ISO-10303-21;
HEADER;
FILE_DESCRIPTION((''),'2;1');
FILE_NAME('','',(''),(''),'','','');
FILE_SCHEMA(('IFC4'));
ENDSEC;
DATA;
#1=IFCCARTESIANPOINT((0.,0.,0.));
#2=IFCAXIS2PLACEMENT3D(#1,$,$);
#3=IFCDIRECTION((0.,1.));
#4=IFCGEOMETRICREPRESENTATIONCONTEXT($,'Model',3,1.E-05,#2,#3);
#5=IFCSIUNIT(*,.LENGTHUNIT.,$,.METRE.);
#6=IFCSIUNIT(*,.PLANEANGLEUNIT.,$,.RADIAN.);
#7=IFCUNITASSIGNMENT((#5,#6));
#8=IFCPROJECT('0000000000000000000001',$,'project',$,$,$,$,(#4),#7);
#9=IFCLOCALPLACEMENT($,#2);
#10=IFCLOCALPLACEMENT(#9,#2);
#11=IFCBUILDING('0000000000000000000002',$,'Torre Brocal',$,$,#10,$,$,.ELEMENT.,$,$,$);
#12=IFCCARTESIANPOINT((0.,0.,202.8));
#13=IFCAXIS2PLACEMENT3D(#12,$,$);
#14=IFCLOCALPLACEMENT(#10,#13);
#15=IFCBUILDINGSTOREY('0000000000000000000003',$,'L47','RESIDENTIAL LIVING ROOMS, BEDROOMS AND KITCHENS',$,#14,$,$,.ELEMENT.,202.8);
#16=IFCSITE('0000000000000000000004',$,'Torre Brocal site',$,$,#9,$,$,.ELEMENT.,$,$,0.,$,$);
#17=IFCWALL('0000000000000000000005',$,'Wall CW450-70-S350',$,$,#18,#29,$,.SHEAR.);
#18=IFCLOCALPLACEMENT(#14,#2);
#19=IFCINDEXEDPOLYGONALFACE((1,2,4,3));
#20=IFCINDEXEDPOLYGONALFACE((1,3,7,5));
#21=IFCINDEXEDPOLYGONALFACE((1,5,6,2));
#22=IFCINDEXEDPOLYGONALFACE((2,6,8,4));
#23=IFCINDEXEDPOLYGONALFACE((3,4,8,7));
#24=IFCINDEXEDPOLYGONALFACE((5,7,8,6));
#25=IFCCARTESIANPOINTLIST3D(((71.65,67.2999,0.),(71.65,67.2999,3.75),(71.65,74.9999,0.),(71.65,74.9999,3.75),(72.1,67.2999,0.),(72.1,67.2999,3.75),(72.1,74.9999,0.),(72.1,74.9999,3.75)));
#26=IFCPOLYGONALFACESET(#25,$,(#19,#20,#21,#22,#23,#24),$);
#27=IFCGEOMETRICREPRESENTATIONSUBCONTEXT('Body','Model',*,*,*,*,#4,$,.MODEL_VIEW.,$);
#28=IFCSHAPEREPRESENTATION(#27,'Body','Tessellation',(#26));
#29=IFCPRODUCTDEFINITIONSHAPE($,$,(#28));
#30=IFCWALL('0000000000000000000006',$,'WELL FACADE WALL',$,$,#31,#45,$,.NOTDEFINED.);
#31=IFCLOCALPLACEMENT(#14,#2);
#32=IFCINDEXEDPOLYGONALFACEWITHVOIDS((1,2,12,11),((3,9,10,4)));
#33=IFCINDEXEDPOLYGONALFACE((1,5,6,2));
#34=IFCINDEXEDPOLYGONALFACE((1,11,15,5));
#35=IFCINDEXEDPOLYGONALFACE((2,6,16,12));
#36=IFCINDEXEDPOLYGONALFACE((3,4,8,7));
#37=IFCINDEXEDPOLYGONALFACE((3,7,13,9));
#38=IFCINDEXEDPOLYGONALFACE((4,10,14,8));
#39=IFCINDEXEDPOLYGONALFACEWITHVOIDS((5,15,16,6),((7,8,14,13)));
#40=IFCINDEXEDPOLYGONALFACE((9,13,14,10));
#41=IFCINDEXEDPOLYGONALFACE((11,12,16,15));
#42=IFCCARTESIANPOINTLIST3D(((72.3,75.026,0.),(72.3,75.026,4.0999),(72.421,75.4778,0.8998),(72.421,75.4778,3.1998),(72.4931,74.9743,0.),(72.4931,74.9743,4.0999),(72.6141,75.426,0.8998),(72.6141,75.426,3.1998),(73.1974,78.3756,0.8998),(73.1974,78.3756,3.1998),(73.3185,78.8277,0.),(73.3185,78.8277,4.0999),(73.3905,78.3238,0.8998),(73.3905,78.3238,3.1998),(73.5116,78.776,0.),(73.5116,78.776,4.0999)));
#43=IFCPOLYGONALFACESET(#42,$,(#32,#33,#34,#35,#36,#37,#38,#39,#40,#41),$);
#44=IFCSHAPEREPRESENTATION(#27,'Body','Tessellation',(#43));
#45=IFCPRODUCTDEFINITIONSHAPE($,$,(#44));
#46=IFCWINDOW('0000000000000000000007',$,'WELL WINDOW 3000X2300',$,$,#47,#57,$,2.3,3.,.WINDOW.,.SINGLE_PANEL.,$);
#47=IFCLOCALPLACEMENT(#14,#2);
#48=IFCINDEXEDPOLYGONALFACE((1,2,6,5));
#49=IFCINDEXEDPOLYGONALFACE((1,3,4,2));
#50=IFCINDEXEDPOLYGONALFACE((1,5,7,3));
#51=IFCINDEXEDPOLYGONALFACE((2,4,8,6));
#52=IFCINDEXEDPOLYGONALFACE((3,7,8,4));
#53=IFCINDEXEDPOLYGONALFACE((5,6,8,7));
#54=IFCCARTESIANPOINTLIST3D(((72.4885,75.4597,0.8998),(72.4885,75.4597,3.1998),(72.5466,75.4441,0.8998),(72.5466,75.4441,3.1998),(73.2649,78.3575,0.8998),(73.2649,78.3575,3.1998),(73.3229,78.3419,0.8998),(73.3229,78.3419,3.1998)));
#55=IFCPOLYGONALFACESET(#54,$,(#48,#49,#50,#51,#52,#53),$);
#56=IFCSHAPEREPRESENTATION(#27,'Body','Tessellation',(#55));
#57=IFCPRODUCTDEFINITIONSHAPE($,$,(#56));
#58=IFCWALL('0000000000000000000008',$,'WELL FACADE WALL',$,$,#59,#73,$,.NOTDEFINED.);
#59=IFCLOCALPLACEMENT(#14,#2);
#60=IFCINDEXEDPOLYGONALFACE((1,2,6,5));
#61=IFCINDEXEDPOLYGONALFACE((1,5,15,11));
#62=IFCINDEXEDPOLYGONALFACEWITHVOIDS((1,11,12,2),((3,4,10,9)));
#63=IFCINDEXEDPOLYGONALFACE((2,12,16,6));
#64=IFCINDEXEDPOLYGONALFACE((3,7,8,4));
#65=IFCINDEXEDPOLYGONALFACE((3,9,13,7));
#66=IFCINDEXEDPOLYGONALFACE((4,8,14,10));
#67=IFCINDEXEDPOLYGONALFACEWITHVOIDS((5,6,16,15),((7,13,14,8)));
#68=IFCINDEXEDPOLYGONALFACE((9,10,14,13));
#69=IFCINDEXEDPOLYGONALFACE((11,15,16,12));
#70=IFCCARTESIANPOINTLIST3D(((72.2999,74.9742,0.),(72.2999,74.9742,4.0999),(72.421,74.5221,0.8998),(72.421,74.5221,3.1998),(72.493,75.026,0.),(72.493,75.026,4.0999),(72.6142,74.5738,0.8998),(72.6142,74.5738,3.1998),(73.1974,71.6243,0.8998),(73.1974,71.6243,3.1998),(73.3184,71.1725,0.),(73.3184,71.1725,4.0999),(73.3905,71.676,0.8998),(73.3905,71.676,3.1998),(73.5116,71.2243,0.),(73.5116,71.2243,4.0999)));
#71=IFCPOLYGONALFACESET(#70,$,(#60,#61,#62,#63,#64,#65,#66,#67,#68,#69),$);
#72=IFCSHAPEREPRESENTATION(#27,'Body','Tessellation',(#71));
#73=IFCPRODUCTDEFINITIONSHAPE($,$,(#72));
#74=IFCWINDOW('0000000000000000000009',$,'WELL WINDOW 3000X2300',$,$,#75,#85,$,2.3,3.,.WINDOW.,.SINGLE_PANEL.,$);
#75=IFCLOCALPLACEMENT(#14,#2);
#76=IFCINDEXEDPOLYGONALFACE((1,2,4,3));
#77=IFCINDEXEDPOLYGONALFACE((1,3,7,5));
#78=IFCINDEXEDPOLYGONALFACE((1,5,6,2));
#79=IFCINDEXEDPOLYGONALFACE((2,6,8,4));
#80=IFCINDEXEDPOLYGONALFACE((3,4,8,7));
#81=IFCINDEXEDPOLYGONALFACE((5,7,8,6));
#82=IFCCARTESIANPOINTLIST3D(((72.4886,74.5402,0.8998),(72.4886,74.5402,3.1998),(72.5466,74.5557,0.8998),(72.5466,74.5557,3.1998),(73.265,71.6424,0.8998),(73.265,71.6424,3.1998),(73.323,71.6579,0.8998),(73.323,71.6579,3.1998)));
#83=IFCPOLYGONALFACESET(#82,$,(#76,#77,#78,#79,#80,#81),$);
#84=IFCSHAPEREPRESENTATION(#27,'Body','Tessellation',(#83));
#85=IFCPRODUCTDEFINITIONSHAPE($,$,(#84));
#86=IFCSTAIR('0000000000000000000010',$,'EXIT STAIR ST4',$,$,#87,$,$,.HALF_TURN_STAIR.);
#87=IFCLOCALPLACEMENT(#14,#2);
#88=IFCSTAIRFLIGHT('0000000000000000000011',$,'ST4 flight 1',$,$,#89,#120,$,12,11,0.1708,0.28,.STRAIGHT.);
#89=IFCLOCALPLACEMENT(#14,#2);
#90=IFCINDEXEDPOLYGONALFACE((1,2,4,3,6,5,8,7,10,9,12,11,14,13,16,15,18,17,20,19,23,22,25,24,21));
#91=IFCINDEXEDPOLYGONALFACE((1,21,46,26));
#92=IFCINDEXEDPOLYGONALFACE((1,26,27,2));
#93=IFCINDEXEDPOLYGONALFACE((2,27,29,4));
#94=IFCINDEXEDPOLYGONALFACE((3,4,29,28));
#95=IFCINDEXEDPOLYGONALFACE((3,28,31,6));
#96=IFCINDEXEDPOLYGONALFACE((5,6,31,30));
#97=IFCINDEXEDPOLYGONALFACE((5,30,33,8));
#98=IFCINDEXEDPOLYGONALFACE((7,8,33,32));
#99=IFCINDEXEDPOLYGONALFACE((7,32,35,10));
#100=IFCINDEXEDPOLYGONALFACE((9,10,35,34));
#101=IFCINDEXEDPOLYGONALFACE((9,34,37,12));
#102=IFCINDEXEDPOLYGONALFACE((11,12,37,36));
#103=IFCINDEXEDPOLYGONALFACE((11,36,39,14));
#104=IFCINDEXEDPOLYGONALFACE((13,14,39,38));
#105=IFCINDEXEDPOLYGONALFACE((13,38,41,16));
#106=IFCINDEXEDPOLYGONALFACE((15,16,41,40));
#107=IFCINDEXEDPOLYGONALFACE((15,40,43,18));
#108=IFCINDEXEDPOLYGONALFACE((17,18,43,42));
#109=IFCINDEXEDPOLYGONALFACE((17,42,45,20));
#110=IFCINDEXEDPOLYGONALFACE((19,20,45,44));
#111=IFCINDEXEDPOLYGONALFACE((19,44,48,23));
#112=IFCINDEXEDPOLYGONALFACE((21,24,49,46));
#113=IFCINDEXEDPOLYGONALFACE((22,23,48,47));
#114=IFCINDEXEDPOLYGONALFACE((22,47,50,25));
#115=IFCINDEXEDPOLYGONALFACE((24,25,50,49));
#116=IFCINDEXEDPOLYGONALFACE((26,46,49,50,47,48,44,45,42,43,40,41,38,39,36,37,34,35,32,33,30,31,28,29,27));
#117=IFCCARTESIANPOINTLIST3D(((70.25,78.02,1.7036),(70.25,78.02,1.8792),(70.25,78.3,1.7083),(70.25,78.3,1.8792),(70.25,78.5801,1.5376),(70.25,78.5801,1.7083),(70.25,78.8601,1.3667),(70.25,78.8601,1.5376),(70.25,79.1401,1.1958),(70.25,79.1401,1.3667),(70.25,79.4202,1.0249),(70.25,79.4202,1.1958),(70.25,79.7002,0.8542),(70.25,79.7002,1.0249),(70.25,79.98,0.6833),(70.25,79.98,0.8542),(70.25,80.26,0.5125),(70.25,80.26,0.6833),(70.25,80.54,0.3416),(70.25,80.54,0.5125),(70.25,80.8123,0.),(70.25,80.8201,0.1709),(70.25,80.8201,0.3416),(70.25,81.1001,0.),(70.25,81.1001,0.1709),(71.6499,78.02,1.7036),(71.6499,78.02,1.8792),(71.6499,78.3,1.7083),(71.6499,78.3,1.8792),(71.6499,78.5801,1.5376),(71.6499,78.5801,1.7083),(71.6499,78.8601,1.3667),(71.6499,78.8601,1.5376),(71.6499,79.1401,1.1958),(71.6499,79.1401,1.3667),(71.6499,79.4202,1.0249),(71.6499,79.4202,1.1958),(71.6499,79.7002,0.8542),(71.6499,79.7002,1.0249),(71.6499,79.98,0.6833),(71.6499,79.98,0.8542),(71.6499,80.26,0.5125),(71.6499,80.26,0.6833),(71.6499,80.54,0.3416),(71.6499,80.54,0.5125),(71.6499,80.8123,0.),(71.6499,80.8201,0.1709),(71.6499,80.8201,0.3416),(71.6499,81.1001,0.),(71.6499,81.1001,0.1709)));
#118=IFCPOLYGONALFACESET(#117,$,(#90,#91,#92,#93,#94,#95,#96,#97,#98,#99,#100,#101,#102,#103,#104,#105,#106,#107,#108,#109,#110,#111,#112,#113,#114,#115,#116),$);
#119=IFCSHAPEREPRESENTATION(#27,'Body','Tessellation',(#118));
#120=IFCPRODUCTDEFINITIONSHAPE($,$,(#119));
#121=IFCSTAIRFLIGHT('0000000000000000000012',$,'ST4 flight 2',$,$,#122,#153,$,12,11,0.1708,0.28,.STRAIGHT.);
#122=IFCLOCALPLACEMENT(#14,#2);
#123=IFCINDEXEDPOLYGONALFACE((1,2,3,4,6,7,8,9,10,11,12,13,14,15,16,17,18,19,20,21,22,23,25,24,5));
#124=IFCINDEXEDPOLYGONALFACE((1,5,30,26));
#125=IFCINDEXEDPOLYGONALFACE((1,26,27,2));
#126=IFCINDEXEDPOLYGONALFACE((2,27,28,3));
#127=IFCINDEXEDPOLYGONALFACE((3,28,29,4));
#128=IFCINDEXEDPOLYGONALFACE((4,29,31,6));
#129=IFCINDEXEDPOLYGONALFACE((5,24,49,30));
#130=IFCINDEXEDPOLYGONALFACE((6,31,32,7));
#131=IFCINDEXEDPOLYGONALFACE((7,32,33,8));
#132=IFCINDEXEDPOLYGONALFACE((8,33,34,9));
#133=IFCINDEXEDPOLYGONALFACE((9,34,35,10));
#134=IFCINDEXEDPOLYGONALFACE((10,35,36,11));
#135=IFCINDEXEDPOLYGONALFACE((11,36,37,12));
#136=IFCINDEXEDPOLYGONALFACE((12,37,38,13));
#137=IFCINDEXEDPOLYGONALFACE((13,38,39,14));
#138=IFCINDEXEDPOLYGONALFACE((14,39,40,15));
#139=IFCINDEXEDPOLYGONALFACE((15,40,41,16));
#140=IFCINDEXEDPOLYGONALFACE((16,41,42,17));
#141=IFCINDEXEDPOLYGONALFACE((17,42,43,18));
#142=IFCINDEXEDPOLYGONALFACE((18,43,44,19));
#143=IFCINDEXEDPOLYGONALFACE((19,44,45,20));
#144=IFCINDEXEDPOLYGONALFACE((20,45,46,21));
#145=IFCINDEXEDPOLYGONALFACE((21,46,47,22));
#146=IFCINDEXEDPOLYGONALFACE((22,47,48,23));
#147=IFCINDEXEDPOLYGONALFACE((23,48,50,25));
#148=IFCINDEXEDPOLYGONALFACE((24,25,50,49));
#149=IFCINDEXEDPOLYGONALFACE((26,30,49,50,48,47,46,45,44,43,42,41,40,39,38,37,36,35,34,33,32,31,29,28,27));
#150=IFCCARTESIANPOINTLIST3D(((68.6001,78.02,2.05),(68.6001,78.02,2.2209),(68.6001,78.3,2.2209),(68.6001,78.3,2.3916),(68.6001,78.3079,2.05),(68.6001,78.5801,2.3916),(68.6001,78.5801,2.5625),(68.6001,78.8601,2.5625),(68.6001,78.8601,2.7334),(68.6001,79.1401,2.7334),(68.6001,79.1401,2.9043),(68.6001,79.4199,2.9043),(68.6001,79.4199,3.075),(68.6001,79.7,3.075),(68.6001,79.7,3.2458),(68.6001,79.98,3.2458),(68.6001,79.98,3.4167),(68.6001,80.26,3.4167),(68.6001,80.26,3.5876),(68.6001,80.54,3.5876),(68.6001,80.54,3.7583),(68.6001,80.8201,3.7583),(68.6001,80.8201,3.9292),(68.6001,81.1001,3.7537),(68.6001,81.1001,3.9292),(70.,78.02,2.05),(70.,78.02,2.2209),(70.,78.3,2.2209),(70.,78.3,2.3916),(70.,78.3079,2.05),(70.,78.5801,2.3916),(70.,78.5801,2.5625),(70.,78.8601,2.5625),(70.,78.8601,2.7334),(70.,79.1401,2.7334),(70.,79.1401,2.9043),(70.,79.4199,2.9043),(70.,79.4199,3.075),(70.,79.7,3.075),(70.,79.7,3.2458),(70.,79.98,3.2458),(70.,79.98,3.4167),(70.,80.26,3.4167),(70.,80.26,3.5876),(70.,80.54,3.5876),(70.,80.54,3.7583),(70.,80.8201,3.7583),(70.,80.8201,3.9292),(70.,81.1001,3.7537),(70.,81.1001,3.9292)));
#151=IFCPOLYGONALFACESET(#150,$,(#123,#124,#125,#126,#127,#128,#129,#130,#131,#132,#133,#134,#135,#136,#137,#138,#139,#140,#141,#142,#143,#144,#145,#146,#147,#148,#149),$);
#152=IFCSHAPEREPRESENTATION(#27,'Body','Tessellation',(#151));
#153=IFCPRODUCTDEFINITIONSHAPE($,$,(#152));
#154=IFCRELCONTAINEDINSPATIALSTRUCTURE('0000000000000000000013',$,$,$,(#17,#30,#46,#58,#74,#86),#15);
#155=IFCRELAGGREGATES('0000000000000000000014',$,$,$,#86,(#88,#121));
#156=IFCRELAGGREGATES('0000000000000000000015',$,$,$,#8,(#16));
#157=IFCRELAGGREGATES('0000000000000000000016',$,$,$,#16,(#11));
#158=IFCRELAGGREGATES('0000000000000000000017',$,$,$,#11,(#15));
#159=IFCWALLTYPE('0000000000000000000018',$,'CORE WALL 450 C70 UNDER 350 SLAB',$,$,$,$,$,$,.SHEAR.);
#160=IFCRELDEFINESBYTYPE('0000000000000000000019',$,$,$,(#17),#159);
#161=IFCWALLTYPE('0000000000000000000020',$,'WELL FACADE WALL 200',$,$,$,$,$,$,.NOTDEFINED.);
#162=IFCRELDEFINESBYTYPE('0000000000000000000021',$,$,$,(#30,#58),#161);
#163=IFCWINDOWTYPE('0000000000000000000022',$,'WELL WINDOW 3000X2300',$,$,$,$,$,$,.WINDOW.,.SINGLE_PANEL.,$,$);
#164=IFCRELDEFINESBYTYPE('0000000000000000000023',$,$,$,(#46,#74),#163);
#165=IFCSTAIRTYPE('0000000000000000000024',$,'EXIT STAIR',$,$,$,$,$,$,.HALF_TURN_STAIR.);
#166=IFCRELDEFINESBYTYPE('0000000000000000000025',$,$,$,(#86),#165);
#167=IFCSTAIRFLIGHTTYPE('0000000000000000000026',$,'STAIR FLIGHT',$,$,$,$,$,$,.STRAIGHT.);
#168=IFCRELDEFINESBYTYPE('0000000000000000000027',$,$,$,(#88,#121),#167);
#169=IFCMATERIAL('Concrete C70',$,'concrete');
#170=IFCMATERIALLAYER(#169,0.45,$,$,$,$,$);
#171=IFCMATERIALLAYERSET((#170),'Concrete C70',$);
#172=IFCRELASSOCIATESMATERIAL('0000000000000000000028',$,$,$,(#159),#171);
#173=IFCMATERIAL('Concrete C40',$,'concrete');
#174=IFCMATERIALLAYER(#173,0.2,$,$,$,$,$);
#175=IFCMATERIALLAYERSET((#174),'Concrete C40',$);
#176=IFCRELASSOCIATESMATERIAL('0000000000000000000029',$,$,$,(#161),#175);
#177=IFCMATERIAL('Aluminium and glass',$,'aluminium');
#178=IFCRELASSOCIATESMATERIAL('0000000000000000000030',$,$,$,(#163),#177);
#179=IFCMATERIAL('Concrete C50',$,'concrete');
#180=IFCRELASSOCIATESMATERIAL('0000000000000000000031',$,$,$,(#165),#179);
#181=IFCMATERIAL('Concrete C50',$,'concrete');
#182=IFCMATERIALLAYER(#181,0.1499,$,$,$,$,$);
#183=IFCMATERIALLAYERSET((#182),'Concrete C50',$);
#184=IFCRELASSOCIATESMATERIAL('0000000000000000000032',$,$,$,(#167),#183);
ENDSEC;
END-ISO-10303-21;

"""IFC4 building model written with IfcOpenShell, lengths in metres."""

from ifc_helpers import new_model, si_unit, direction, frame, frame_2d, origin, place, context, subcontext, project, spatial, polyline, rectangle, outline, extrude, material, layer, layer_set, type_object, element, fill, aggregate, save


model = new_model("IFC4")

# Units and contexts
model_context = context("Model", 3, precision=1e-05, world=origin(), true_north=direction((0.0, 1.0)))
body_context = subcontext(model_context, "Body", "Model", "MODEL_VIEW")
ifc_project = project(units=[si_unit("LENGTHUNIT", "METRE"), si_unit("PLANEANGLEUNIT", "RADIAN")], contexts=[model_context])

# Site, building, storey
site_placement = place(None, origin())
site = spatial("IfcSite", under=ifc_project, at=site_placement, Name="Torre Brocal site", CompositionType="ELEMENT", RefElevation=0.0)
building_placement = place(site_placement, origin())
building = spatial("IfcBuilding", under=site, at=building_placement, Name="Torre Brocal", CompositionType="ELEMENT")
storey_placement = place(building_placement, frame((0.0, 0.0, 202.8)))
storey = spatial("IfcBuildingStorey", under=building, at=storey_placement, Name="L47", Description="RESIDENTIAL LIVING ROOMS, BEDROOMS AND KITCHENS", CompositionType="ELEMENT", Elevation=202.8)

# Wall
ifc_material_1 = material(Name="Concrete C70", Category="concrete")
ifc_layer_1 = layer(ifc_material_1, 0.45)
ifc_layer_set_1 = layer_set([ifc_layer_1], Name="Concrete C70")
wall_type_1 = type_object("IfcWallType", Name="CORE WALL 450 C70 UNDER 350 SLAB", PredefinedType="SHEAR", material=ifc_layer_set_1)
wall_1_placement = place(storey_placement, frame((71.875, 75.0, 0.0), z_axis=(0.0, 0.0, 1.0), x_axis=(0.0, -1.0, 0.0)))
element("IfcWall", 1, at=wall_1_placement, inside=storey, type_object=wall_type_1, Name="Wall CW450-70-S350", PredefinedType="SHEAR", context=body_context, shape_type="SweptSolid", body=[
    extrude(rectangle(XDim=7.7, YDim=0.45, at=frame_2d((3.8501, 0.0))), origin(), (0.0, 0.0, 1.0), 3.75),
])

# Walls, openings, windows
ifc_material_2 = material(Name="Concrete C40", Category="concrete")
ifc_layer_2 = layer(ifc_material_2, 0.2)
ifc_layer_set_2 = layer_set([ifc_layer_2], Name="Concrete C40")
wall_type_2 = type_object("IfcWallType", Name="WELL FACADE WALL 200", PredefinedType="NOTDEFINED", material=ifc_layer_set_2)
wall_2_placement = place(storey_placement, frame((73.415, 78.8018, 0.0), z_axis=(0.0, 0.0, 1.0), x_axis=(-0.25879, -0.965934, 0.0)))
wall_2 = element("IfcWall", 2, at=wall_2_placement, inside=storey, type_object=wall_type_2, Name="WELL FACADE WALL", PredefinedType="NOTDEFINED", context=body_context, shape_type="SweptSolid", body=[
    extrude(rectangle(XDim=3.9358, YDim=0.2, at=frame_2d((1.9678, 0.0))), origin(), (0.0, 0.0, 1.0), 4.0999),
])
opening_1_placement = place(wall_2_placement, frame((0.468, 0.0, 0.8999)))
opening_1 = element("IfcOpeningElement", 3, at=opening_1_placement, cuts=wall_2, PredefinedType="OPENING", context=body_context, shape_type="SweptSolid", body=[
    extrude(rectangle(XDim=3.0, YDim=2.3, at=frame_2d((1.5, 1.1499))), frame((0.0, 0.1099, 0.0), z_axis=(0.0, -1.0, 0.0), x_axis=(1.0, 0.0, 0.0)), (0.0, 0.0, 1.0), 0.22),
])
ifc_material_3 = material(Name="Aluminium and glass", Category="aluminium")
window_type = type_object("IfcWindowType", Name="WELL WINDOW 3000X2300", PartitioningType="SINGLE_PANEL", PredefinedType="WINDOW", material=ifc_material_3)
window_1_placement = place(opening_1_placement, origin())
window_1 = element("IfcWindow", 4, at=window_1_placement, inside=storey, type_object=window_type, Name="WELL WINDOW 3000X2300", OverallHeight=2.3, OverallWidth=3.0, PartitioningType="SINGLE_PANEL", PredefinedType="WINDOW", context=body_context, shape_type="SweptSolid", body=[
    extrude(rectangle(XDim=3.0, YDim=2.3, at=frame_2d((1.5, 1.1499))), frame((0.0, 0.03, 0.0), z_axis=(0.0, -1.0, 0.0), x_axis=(1.0, 0.0, 0.0)), (0.0, 0.0, 1.0), 0.0601),
])
fill(opening_1, window_1)
wall_3_placement = place(storey_placement, frame((72.3965, 75.0, 0.0), z_axis=(0.0, 0.0, 1.0), x_axis=(0.25879, -0.965934, 0.0)))
wall_3 = element("IfcWall", 5, at=wall_3_placement, inside=storey, type_object=wall_type_2, Name="WELL FACADE WALL", PredefinedType="NOTDEFINED", context=body_context, shape_type="SweptSolid", body=[
    extrude(rectangle(XDim=3.9358, YDim=0.2, at=frame_2d((1.9678, 0.0))), origin(), (0.0, 0.0, 1.0), 4.0999),
])
opening_2_placement = place(wall_3_placement, frame((0.468, 0.0, 0.8999)))
opening_2 = element("IfcOpeningElement", 6, at=opening_2_placement, cuts=wall_3, PredefinedType="OPENING", context=body_context, shape_type="SweptSolid", body=[
    extrude(rectangle(XDim=3.0, YDim=2.3, at=frame_2d((1.5, 1.1499))), frame((0.0, 0.1099, 0.0), z_axis=(0.0, -1.0, 0.0), x_axis=(1.0, 0.0, 0.0)), (0.0, 0.0, 1.0), 0.22),
])
window_2_placement = place(opening_2_placement, origin())
window_2 = element("IfcWindow", 7, at=window_2_placement, inside=storey, type_object=window_type, Name="WELL WINDOW 3000X2300", OverallHeight=2.3, OverallWidth=3.0, PartitioningType="SINGLE_PANEL", PredefinedType="WINDOW", context=body_context, shape_type="SweptSolid", body=[
    extrude(rectangle(XDim=3.0, YDim=2.3, at=frame_2d((1.5, 1.1499))), frame((0.0, 0.03, 0.0), z_axis=(0.0, -1.0, 0.0), x_axis=(1.0, 0.0, 0.0)), (0.0, 0.0, 1.0), 0.0601),
])
fill(opening_2, window_2)

# Stair, stair flights
ifc_material_4 = material(Name="Concrete C50", Category="concrete")
stair_type = type_object("IfcStairType", Name="EXIT STAIR", PredefinedType="HALF_TURN_STAIR", material=ifc_material_4)
stair_placement = place(storey_placement, origin())
stair = element("IfcStair", 8, at=stair_placement, inside=storey, type_object=stair_type, Name="EXIT STAIR ST4", PredefinedType="HALF_TURN_STAIR")
ifc_material_5 = material(Name="Concrete C50", Category="concrete")
ifc_layer_3 = layer(ifc_material_5, 0.1499)
ifc_layer_set_3 = layer_set([ifc_layer_3], Name="Concrete C50")
stair_flight_type = type_object("IfcStairFlightType", Name="STAIR FLIGHT", PredefinedType="STRAIGHT", material=ifc_layer_set_3)
stair_flight_1_placement = place(storey_placement, frame((70.95, 81.1001, 0.0), z_axis=(0.0, 0.0, 1.0), x_axis=(0.0, -1.0, 0.0)))
stair_flight_1 = element("IfcStairFlight", 9, at=stair_flight_1_placement, type_object=stair_flight_type, Name="ST4 flight 1", NumberOfRisers=12, NumberOfTreads=11, PredefinedType="STRAIGHT", RiserHeight=0.1708, TreadLength=0.28, context=body_context, shape_type="SweptSolid", body=[
    extrude(outline(polyline([(0.0, 0.0), (0.0, 0.1709), (0.28, 0.1709), (0.28, 0.3416), (0.5601, 0.3416), (0.5601, 0.5125), (0.8401, 0.5125), (0.8401, 0.6833), (1.1201, 0.6833), (1.1201, 0.8542), (1.3999, 0.8542), (1.3999, 1.0249), (1.6799, 1.0249), (1.6799, 1.1958), (1.96, 1.1958), (1.96, 1.3667), (2.24, 1.3667), (2.24, 1.5376), (2.52, 1.5376), (2.52, 1.7083), (2.8, 1.7083), (2.8, 1.8792), (3.0801, 1.8792), (3.0801, 2.05), (3.0801, 1.7036), (0.2878, 0.0), (0.0, 0.0)])), frame((0.0, 0.7, 0.0), z_axis=(0.0, -1.0, 0.0), x_axis=(1.0, 0.0, 0.0)), (0.0, 0.0, 1.0), 1.3999),
])
stair_flight_2_placement = place(storey_placement, frame((69.3, 78.02, 2.05), z_axis=(0.0, 0.0, 1.0), x_axis=(0.0, 1.0, 0.0)))
stair_flight_2 = element("IfcStairFlight", 10, at=stair_flight_2_placement, type_object=stair_flight_type, Name="ST4 flight 2", NumberOfRisers=12, NumberOfTreads=11, PredefinedType="STRAIGHT", RiserHeight=0.1708, TreadLength=0.28, context=body_context, shape_type="SweptSolid", body=[
    extrude(outline(polyline([(0.0, 0.0), (0.0, 0.1709), (0.28, 0.1709), (0.28, 0.3416), (0.5601, 0.3416), (0.5601, 0.5125), (0.8401, 0.5125), (0.8401, 0.6833), (1.1201, 0.6833), (1.1201, 0.8542), (1.3999, 0.8542), (1.3999, 1.0249), (1.6799, 1.0249), (1.6799, 1.1958), (1.96, 1.1958), (1.96, 1.3667), (2.24, 1.3667), (2.24, 1.5376), (2.52, 1.5376), (2.52, 1.7083), (2.8, 1.7083), (2.8, 1.8792), (3.0801, 1.8792), (3.0801, 2.05), (3.0801, 1.7036), (0.2878, 0.0), (0.0, 0.0)])), frame((0.0, 0.7, 0.0), z_axis=(0.0, -1.0, 0.0), x_axis=(1.0, 0.0, 0.0)), (0.0, 0.0, 1.0), 1.3999),
])
aggregate(stair, [stair_flight_1, stair_flight_2])

save(model, "model.ifc")
